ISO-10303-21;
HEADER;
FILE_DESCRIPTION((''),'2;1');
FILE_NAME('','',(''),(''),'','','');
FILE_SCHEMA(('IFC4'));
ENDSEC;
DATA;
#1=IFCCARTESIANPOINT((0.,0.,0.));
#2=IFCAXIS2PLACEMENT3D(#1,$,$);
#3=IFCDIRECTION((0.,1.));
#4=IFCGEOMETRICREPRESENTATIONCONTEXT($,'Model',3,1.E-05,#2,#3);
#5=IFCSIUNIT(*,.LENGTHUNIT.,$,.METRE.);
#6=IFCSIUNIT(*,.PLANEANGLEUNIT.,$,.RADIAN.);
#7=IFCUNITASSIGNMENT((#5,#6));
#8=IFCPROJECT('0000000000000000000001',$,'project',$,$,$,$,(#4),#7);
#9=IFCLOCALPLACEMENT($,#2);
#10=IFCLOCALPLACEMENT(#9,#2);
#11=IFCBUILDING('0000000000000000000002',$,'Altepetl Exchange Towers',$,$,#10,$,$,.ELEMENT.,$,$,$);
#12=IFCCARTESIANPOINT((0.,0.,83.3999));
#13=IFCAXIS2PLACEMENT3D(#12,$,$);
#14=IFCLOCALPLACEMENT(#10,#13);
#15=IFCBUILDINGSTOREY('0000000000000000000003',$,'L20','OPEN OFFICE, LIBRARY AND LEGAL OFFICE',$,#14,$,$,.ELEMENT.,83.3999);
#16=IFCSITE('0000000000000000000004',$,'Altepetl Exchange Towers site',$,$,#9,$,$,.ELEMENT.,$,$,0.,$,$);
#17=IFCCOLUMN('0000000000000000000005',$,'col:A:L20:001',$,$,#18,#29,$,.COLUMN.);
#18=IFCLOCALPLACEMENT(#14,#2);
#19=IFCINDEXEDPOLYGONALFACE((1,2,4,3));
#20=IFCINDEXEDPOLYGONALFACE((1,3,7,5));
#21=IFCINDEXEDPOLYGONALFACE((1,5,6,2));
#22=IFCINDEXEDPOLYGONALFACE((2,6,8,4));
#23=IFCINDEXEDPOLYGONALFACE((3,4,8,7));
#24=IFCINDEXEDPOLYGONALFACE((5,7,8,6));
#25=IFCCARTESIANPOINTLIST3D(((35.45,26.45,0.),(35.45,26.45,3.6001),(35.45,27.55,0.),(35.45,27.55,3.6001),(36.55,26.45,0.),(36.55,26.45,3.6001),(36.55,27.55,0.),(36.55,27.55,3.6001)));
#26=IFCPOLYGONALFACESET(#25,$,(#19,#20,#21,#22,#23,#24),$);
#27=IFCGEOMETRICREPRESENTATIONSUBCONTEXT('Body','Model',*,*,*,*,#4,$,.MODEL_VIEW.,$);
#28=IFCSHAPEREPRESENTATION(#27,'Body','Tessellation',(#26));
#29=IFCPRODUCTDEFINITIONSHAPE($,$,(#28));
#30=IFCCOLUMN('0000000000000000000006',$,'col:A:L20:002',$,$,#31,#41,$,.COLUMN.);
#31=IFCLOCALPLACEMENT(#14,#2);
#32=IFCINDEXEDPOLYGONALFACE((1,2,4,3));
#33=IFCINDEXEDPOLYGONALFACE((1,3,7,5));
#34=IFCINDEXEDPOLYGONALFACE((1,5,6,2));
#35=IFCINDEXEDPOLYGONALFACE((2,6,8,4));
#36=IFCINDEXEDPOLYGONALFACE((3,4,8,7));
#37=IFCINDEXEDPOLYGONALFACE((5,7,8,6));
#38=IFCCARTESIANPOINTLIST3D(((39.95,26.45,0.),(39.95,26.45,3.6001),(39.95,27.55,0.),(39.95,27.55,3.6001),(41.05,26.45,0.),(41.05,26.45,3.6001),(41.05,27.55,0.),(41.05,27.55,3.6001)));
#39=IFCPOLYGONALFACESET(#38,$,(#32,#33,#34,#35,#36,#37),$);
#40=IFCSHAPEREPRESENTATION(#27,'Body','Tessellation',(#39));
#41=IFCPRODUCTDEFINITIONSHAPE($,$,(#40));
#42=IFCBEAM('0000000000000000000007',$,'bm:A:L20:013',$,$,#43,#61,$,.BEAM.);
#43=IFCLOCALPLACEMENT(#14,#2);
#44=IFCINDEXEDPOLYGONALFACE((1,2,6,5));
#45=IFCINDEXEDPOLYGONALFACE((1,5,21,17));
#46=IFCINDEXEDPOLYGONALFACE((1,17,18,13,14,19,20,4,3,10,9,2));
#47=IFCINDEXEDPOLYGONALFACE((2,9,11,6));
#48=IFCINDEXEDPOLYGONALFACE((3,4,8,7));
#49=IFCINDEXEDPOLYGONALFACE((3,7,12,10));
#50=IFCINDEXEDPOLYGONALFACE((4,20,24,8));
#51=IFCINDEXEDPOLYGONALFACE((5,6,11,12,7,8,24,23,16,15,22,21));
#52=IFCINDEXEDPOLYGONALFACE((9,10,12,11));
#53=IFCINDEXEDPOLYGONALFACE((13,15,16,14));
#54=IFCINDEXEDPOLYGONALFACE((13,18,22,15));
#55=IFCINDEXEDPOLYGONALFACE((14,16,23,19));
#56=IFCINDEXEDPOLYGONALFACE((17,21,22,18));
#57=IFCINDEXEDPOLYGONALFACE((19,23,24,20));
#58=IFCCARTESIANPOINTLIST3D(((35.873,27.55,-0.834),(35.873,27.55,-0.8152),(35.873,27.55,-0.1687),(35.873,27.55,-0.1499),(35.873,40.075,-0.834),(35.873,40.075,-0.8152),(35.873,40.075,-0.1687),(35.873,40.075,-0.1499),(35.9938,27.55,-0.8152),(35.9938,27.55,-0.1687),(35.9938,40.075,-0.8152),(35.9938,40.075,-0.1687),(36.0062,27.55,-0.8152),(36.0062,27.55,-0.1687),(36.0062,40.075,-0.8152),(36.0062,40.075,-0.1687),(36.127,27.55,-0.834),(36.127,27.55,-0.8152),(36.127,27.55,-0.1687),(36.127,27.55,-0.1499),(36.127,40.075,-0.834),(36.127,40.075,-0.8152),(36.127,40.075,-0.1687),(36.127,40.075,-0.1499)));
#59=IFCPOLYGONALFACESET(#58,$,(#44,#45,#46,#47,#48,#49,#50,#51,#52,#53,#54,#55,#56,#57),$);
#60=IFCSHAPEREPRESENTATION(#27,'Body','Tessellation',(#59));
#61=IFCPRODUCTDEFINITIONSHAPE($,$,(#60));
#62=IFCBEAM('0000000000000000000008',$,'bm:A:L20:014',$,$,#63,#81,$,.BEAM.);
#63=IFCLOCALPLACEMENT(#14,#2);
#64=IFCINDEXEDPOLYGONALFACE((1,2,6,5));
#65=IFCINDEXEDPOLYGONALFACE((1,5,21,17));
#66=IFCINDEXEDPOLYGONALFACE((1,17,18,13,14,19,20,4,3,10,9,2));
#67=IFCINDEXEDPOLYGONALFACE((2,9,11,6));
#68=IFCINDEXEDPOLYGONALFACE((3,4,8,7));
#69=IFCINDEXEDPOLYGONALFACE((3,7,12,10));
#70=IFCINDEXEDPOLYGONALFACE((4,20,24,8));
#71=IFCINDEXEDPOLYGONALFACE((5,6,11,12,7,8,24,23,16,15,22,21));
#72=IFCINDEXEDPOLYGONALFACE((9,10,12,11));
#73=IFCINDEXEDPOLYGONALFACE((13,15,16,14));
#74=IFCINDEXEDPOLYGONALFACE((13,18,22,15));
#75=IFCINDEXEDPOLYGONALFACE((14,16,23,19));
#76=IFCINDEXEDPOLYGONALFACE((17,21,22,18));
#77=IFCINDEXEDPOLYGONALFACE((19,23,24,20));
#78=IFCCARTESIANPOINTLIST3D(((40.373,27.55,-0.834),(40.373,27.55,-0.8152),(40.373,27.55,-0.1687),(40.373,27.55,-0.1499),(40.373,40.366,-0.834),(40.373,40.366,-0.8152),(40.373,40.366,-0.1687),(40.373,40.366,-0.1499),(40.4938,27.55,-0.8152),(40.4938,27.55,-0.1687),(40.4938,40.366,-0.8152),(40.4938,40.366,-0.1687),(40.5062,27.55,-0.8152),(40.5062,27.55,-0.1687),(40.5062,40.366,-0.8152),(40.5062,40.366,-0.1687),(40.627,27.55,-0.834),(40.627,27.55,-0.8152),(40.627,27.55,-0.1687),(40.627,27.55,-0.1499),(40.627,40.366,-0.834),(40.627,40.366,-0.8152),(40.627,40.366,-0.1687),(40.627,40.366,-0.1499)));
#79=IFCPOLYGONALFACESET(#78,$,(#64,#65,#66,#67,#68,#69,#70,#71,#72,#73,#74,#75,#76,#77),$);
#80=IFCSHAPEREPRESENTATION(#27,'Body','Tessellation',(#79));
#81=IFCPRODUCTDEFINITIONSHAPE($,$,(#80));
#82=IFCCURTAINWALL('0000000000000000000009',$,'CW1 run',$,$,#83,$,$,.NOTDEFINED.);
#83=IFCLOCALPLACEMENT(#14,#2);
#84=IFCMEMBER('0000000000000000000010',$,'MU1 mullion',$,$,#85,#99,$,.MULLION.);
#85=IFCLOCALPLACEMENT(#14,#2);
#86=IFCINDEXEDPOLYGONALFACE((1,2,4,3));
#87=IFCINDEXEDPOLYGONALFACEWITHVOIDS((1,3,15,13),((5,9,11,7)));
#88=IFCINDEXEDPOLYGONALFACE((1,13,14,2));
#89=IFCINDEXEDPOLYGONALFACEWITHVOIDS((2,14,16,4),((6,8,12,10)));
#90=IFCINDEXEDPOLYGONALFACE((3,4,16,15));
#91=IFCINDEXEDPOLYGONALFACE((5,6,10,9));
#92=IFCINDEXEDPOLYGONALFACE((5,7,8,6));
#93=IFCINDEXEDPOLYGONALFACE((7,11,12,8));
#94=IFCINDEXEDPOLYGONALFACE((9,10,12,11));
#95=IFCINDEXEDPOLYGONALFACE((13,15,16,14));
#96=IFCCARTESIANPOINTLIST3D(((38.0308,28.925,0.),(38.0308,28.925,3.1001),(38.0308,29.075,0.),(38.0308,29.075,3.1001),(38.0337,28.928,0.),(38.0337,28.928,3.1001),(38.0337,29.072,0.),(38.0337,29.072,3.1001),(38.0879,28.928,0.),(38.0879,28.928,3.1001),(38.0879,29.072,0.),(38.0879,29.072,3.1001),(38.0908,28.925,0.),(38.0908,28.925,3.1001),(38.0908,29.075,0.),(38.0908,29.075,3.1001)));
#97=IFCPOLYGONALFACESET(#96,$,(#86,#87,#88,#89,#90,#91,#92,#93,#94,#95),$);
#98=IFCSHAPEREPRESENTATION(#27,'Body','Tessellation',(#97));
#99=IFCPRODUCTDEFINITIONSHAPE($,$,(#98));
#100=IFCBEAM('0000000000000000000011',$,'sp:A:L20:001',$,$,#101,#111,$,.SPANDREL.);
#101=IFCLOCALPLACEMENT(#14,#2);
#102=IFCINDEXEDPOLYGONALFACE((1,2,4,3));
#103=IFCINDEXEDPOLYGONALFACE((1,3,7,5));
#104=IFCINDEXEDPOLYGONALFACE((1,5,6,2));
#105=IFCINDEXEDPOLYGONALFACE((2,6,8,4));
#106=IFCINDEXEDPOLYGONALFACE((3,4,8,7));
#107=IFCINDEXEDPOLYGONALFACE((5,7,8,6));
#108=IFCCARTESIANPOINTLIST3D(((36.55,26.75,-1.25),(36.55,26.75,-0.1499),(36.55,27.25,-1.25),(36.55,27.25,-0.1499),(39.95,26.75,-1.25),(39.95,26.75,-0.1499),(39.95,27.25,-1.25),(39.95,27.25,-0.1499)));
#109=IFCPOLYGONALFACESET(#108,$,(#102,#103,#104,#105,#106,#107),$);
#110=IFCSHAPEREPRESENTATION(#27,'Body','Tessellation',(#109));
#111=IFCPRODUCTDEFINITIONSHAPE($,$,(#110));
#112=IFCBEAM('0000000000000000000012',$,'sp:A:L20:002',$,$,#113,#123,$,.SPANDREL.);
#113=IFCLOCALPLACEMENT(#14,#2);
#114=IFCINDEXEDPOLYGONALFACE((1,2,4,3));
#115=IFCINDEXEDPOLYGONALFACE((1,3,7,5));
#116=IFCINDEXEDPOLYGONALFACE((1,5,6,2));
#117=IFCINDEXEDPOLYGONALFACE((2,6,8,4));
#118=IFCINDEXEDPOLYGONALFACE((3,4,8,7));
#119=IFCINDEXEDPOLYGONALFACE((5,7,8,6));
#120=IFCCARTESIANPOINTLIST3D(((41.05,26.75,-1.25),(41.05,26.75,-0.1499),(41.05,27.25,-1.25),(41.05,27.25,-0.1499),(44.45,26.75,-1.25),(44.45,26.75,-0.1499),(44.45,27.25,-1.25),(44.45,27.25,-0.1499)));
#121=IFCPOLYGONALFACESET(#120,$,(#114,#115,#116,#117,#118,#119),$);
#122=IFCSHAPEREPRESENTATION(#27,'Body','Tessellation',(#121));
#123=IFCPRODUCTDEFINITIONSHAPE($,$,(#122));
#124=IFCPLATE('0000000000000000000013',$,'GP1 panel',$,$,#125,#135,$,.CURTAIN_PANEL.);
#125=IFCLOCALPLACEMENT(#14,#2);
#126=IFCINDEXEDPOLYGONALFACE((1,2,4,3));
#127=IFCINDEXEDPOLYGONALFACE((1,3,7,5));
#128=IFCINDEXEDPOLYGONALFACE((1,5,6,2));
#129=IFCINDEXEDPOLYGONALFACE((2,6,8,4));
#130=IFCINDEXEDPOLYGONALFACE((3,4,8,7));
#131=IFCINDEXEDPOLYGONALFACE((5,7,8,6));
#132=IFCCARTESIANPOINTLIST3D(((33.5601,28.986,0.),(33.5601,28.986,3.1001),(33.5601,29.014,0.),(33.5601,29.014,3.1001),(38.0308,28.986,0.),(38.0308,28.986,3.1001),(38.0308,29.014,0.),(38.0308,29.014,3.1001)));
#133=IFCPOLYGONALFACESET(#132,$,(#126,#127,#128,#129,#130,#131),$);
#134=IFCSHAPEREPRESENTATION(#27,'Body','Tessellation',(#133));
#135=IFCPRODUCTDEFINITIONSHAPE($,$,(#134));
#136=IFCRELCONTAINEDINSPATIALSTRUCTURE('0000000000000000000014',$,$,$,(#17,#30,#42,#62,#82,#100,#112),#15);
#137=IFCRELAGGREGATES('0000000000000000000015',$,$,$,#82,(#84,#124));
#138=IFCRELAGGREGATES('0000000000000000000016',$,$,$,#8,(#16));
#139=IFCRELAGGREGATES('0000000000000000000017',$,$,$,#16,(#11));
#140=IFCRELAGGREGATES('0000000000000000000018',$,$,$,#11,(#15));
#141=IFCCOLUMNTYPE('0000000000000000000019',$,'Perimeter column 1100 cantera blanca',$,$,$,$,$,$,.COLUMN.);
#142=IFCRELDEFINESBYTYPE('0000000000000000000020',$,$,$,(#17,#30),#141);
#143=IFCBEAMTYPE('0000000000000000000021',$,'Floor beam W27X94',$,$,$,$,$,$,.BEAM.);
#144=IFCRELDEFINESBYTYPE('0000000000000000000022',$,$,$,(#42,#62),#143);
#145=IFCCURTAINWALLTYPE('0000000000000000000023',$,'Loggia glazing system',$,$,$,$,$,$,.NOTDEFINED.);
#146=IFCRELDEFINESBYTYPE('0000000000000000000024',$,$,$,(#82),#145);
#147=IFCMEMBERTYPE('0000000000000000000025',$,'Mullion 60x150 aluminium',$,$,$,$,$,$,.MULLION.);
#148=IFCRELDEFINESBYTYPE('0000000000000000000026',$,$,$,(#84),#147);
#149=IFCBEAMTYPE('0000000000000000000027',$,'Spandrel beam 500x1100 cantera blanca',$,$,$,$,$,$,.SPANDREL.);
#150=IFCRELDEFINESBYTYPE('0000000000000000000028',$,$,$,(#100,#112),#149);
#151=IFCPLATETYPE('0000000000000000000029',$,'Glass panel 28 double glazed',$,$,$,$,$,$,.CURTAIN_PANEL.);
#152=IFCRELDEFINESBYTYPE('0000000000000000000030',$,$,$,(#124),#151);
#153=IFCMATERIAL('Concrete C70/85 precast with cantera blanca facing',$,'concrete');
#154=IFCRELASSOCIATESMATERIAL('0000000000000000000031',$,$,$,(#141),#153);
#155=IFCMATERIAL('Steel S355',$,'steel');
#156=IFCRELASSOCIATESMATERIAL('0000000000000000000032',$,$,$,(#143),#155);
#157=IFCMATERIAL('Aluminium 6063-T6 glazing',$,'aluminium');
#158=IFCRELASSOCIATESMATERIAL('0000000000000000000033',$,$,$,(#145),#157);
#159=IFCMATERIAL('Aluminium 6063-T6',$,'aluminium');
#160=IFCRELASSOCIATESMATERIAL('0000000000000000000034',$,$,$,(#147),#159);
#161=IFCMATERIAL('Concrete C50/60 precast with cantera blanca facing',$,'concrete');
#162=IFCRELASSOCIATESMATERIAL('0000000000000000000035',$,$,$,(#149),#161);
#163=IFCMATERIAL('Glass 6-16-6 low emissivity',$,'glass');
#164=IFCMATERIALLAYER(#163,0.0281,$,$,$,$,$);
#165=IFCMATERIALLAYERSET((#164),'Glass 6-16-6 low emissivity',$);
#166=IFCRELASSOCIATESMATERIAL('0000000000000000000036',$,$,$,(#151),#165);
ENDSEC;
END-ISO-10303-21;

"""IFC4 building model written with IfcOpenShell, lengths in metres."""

from ifc_helpers import new_model, si_unit, direction, frame, origin, origin_2d, place, context, subcontext, project, spatial, rectangle, hollow_rectangle, i_section, extrude, material, layer, layer_set, material_profile, profile_set, type_object, element, aggregate, save


model = new_model("IFC4")

# Units and contexts
model_context = context("Model", 3, precision=1e-05, world=origin(), true_north=direction((0.0, 1.0)))
body_context = subcontext(model_context, "Body", "Model", "MODEL_VIEW")
ifc_project = project(units=[si_unit("LENGTHUNIT", "METRE"), si_unit("PLANEANGLEUNIT", "RADIAN")], contexts=[model_context])

# Site, building, storey
site_placement = place(None, origin())
site = spatial("IfcSite", under=ifc_project, at=site_placement, Name="Altepetl Exchange Towers site", CompositionType="ELEMENT", RefElevation=0.0)
building_placement = place(site_placement, origin())
building = spatial("IfcBuilding", under=site, at=building_placement, Name="Altepetl Exchange Towers", CompositionType="ELEMENT")
storey_placement = place(building_placement, frame((0.0, 0.0, 83.3999)))
storey = spatial("IfcBuildingStorey", under=building, at=storey_placement, Name="L20", Description="OPEN OFFICE, LIBRARY AND LEGAL OFFICE", CompositionType="ELEMENT", Elevation=83.3999)

# Columns
ifc_material_1 = material(Name="Concrete C70/85 precast with cantera blanca facing", Category="concrete")
ifc_material_profile_1 = material_profile(ifc_material_1, rectangle(XDim=1.1001, YDim=1.1001, at=origin_2d()), Name="1100 x 1100")
ifc_profile_set_1 = profile_set([ifc_material_profile_1], Name="Concrete C70/85 precast with cantera blanca facing")
column_type = type_object("IfcColumnType", Name="Perimeter column 1100 cantera blanca", PredefinedType="COLUMN", material=ifc_profile_set_1)
for number, where, name in (
    (1, (36.0, 27.0, 0.0), "col:A:L20:001"),
    (2, (40.5, 27.0, 0.0), "col:A:L20:002"),
):
    element("IfcColumn", number, at=place(storey_placement, frame(where)), inside=storey, type_object=column_type, Name=name, PredefinedType="COLUMN", context=body_context, shape_type="SweptSolid", body=[
        extrude(rectangle(XDim=1.1001, YDim=1.1001, at=origin_2d()), origin(), (0.0, 0.0, 1.0), 3.6001),
    ])

# Beams
ifc_material_2 = material(Name="Steel S355", Category="steel")
ifc_material_profile_2 = material_profile(ifc_material_2, i_section(OverallWidth=0.2539, OverallDepth=0.6841, WebThickness=0.0125, FlangeThickness=0.0188, at=origin_2d()), Name="W27X94")
ifc_profile_set_2 = profile_set([ifc_material_profile_2], Name="Steel S355")
beam_type_1 = type_object("IfcBeamType", Name="Floor beam W27X94", PredefinedType="BEAM", material=ifc_profile_set_2)
beam_1_placement = place(storey_placement, frame((36.0, 27.55, -0.4919), z_axis=(0.0, 1.0, 0.0), x_axis=(-1.0, 0.0, 0.0)))
element("IfcBeam", 3, at=beam_1_placement, inside=storey, type_object=beam_type_1, Name="bm:A:L20:013", PredefinedType="BEAM", context=body_context, shape_type="SweptSolid", body=[
    extrude(i_section(OverallWidth=0.2539, OverallDepth=0.6841, WebThickness=0.0125, FlangeThickness=0.0188, at=origin_2d()), origin(), (0.0, 0.0, 1.0), 12.5249),
])
beam_2_placement = place(storey_placement, frame((40.5, 27.55, -0.4919), z_axis=(0.0, 1.0, 0.0), x_axis=(-1.0, 0.0, 0.0)))
element("IfcBeam", 4, at=beam_2_placement, inside=storey, type_object=beam_type_1, Name="bm:A:L20:014", PredefinedType="BEAM", context=body_context, shape_type="SweptSolid", body=[
    extrude(i_section(OverallWidth=0.2539, OverallDepth=0.6841, WebThickness=0.0125, FlangeThickness=0.0188, at=origin_2d()), origin(), (0.0, 0.0, 1.0), 12.8159),
])

# Curtain wall, member
ifc_material_3 = material(Name="Aluminium 6063-T6 glazing", Category="aluminium")
curtain_wall_type = type_object("IfcCurtainWallType", Name="Loggia glazing system", PredefinedType="NOTDEFINED", material=ifc_material_3)
curtain_wall_placement = place(storey_placement, origin())
curtain_wall = element("IfcCurtainWall", 5, at=curtain_wall_placement, inside=storey, type_object=curtain_wall_type, Name="CW1 run", PredefinedType="NOTDEFINED")
ifc_material_4 = material(Name="Aluminium 6063-T6", Category="aluminium")
ifc_material_profile_3 = material_profile(ifc_material_4, hollow_rectangle(XDim=0.0601, YDim=0.1499, WallThickness=0.0029, at=origin_2d()), Name="Mullion 60x150 aluminium")
ifc_profile_set_3 = profile_set([ifc_material_profile_3], Name="Aluminium 6063-T6")
member_type = type_object("IfcMemberType", Name="Mullion 60x150 aluminium", PredefinedType="MULLION", material=ifc_profile_set_3)
member_placement = place(storey_placement, frame((38.0608, 29.0, 0.0)))
member = element("IfcMember", 6, at=member_placement, type_object=member_type, Name="MU1 mullion", PredefinedType="MULLION", context=body_context, shape_type="SweptSolid", body=[
    extrude(hollow_rectangle(XDim=0.0601, YDim=0.1499, WallThickness=0.0029, at=origin_2d()), origin(), (0.0, 0.0, 1.0), 3.1001),
])

# Beams
ifc_material_5 = material(Name="Concrete C50/60 precast with cantera blanca facing", Category="concrete")
ifc_material_profile_4 = material_profile(ifc_material_5, rectangle(XDim=0.5, YDim=1.1001, at=origin_2d()), Name="500 x 1100")
ifc_profile_set_4 = profile_set([ifc_material_profile_4], Name="Concrete C50/60 precast with cantera blanca facing")
beam_type_2 = type_object("IfcBeamType", Name="Spandrel beam 500x1100 cantera blanca", PredefinedType="SPANDREL", material=ifc_profile_set_4)
for number, where, z_axis, x_axis, name in (
    (7, (36.55, 27.0, -0.7), (1.0, 0.0, 0.0), (0.0, 1.0, 0.0), "sp:A:L20:001"),
    (8, (41.05, 27.0, -0.7), (1.0, 0.0, 0.0), (0.0, 1.0, 0.0), "sp:A:L20:002"),
):
    element("IfcBeam", number, at=place(storey_placement, frame(where, z_axis=z_axis, x_axis=x_axis)), inside=storey, type_object=beam_type_2, Name=name, PredefinedType="SPANDREL", context=body_context, shape_type="SweptSolid", body=[
        extrude(rectangle(XDim=0.5, YDim=1.1001, at=origin_2d()), origin(), (0.0, 0.0, 1.0), 3.3999),
    ])

# Plate
ifc_material_6 = material(Name="Glass 6-16-6 low emissivity", Category="glass")
ifc_layer = layer(ifc_material_6, 0.0281)
ifc_layer_set = layer_set([ifc_layer], Name="Glass 6-16-6 low emissivity")
plate_type = type_object("IfcPlateType", Name="Glass panel 28 double glazed", PredefinedType="CURTAIN_PANEL", material=ifc_layer_set)
plate_placement = place(storey_placement, frame((35.7954, 29.0, 0.0)))
plate = element("IfcPlate", 9, at=plate_placement, type_object=plate_type, Name="GP1 panel", PredefinedType="CURTAIN_PANEL", context=body_context, shape_type="SweptSolid", body=[
    extrude(rectangle(XDim=4.4707, YDim=0.0281, at=origin_2d()), origin(), (0.0, 0.0, 1.0), 3.1001),
])
aggregate(curtain_wall, [member, plate])

save(model, "model.ifc")
